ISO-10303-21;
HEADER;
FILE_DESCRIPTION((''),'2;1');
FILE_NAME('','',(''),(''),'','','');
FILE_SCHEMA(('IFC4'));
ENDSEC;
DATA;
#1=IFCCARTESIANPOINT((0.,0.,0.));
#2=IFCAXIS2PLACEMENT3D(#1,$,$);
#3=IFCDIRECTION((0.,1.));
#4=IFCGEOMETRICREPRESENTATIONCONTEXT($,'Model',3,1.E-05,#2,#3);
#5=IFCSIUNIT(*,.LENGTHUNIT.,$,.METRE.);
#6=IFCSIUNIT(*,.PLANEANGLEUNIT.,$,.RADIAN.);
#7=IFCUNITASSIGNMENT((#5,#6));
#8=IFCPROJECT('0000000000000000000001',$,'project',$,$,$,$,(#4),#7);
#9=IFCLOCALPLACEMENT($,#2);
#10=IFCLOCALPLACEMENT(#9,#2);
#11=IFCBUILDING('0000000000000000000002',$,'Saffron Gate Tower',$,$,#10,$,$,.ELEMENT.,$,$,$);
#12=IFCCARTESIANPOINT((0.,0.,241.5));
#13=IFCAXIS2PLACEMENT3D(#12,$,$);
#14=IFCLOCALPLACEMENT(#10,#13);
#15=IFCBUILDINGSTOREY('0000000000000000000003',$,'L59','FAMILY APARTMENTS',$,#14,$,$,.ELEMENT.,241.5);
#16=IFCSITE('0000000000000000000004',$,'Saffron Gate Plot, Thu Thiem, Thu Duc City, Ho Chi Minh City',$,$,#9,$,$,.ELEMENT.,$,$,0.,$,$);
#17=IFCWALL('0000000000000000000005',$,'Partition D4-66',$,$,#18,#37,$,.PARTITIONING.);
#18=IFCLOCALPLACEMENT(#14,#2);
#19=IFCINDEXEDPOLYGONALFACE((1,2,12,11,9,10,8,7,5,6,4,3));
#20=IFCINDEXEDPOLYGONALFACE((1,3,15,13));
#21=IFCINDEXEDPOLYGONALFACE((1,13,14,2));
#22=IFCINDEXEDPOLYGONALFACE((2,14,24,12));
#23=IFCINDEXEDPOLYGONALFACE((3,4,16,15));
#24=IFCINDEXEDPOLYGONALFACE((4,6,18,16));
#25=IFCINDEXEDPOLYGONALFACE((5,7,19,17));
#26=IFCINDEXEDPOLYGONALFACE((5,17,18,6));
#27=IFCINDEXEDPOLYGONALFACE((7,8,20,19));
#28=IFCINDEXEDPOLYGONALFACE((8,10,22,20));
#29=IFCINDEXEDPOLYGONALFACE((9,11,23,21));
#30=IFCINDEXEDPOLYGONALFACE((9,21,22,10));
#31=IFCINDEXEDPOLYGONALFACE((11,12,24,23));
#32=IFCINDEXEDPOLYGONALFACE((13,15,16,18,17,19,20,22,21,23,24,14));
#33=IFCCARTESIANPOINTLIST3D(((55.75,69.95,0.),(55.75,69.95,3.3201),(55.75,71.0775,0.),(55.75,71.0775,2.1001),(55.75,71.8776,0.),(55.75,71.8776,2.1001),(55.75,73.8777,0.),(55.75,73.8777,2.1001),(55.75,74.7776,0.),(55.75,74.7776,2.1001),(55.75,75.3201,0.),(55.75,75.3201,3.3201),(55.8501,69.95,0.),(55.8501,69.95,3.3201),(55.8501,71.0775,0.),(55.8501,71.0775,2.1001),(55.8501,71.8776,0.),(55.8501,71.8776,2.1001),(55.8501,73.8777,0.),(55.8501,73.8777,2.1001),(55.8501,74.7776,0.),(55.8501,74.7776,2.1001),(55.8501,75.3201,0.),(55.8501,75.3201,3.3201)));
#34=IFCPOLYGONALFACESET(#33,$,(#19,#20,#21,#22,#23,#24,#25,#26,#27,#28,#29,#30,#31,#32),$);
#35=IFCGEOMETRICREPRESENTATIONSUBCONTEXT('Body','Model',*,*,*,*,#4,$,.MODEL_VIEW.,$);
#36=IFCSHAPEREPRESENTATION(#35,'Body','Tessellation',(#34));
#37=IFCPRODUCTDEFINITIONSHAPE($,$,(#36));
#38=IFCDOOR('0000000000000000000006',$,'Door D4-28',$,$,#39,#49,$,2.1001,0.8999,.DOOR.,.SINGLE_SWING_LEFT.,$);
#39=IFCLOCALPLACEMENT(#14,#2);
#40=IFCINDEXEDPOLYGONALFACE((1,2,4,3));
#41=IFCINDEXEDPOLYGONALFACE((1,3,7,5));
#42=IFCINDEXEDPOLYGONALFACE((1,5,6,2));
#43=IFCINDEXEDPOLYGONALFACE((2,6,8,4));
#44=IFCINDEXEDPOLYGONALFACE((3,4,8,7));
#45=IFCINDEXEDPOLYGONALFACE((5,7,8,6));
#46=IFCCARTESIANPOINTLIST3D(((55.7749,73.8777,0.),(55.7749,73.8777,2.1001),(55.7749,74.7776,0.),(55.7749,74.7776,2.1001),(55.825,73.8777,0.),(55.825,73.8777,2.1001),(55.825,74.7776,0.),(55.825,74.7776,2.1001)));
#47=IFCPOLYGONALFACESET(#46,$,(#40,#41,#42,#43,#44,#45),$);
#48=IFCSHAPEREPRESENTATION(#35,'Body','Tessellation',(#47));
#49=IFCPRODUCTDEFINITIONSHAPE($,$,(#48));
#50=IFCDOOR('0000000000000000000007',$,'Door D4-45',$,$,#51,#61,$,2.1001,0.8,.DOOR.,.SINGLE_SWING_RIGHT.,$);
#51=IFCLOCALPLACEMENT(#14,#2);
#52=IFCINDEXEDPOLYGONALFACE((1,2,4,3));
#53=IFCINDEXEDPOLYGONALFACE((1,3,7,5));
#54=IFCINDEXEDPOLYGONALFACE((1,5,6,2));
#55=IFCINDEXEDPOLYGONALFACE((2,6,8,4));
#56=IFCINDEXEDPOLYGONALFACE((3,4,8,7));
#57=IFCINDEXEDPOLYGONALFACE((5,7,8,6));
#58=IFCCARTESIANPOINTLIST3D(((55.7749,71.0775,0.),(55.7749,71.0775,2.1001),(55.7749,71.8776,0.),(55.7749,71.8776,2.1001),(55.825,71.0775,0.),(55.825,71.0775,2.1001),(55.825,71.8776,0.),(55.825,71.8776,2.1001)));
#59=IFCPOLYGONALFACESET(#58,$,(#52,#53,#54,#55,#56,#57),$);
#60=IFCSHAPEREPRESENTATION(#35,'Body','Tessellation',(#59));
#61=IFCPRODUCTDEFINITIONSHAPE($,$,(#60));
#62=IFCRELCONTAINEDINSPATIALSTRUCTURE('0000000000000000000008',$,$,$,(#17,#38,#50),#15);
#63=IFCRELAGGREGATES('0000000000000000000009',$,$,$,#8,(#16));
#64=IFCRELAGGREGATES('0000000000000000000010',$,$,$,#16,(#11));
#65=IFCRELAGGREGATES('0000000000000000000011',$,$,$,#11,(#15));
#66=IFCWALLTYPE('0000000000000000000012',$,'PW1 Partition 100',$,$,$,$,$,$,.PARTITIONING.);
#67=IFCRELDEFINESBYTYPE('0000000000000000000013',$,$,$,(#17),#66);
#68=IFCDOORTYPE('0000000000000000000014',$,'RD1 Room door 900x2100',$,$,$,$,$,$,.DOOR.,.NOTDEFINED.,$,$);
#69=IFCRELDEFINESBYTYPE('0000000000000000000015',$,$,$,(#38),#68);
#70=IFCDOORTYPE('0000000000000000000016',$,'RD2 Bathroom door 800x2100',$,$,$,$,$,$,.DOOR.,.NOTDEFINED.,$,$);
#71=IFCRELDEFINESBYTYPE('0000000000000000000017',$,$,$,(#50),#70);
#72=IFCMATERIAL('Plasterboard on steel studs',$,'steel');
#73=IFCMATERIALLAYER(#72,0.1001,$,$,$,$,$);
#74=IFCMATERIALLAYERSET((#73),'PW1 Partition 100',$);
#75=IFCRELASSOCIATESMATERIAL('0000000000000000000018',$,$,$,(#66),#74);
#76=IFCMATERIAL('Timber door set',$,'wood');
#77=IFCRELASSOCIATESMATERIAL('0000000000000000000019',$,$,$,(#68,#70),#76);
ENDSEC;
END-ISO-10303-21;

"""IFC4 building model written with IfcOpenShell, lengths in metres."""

from ifc_helpers import new_model, si_unit, direction, frame, frame_2d, origin, place, context, subcontext, project, spatial, rectangle, extrude, material, layer, layer_set, type_object, element, fill, save


model = new_model("IFC4")

# Units and contexts
model_context = context("Model", 3, precision=1e-05, world=origin(), true_north=direction((0.0, 1.0)))
body_context = subcontext(model_context, "Body", "Model", "MODEL_VIEW")
ifc_project = project(units=[si_unit("LENGTHUNIT", "METRE"), si_unit("PLANEANGLEUNIT", "RADIAN")], contexts=[model_context])

# Site, building, storey
site_placement = place(None, origin())
site = spatial("IfcSite", under=ifc_project, at=site_placement, Name="Saffron Gate Plot, Thu Thiem, Thu Duc City, Ho Chi Minh City", CompositionType="ELEMENT", RefElevation=0.0)
building_placement = place(site_placement, origin())
building = spatial("IfcBuilding", under=site, at=building_placement, Name="Saffron Gate Tower", CompositionType="ELEMENT")
storey_placement = place(building_placement, frame((0.0, 0.0, 241.5)))
storey = spatial("IfcBuildingStorey", under=building, at=storey_placement, Name="L59", Description="FAMILY APARTMENTS", CompositionType="ELEMENT", Elevation=241.5)

# Shared definitions
ifc_material_1 = material(Name="Plasterboard on steel studs", Category="steel")
ifc_layer_1 = layer(ifc_material_1, 0.1001)
ifc_layer_set_1 = layer_set([ifc_layer_1], Name="PW1 Partition 100")
wall_type = type_object("IfcWallType", Name="PW1 Partition 100", PredefinedType="PARTITIONING", material=ifc_layer_set_1)

# Wall, openings, doors
wall_1_placement = place(storey_placement, frame((55.8, 75.3201, 0.0), z_axis=(0.0, 0.0, 1.0), x_axis=(0.0, -1.0, 0.0)))
wall_1 = element("IfcWall", 1, at=wall_1_placement, inside=storey, type_object=wall_type, Name="Partition D4-66", PredefinedType="PARTITIONING", context=body_context, shape_type="SweptSolid", body=[
    extrude(rectangle(XDim=5.3701, YDim=0.1001, at=frame_2d((2.6851, 0.0))), origin(), (0.0, 0.0, 1.0), 3.3201),
])
opening_1_placement = place(wall_1_placement, frame((0.5425, 0.0, 0.0)))
opening_1 = element("IfcOpeningElement", 2, at=opening_1_placement, cuts=wall_1, PredefinedType="OPENING", context=body_context, shape_type="SweptSolid", body=[
    extrude(rectangle(XDim=0.8999, YDim=2.1001, at=frame_2d((0.45, 1.05))), frame((0.0, 0.0601, 0.0), z_axis=(0.0, -1.0, 0.0), x_axis=(1.0, 0.0, 0.0)), (0.0, 0.0, 1.0), 0.1201),
])
opening_2_placement = place(wall_1_placement, frame((3.4426, 0.0, 0.0)))
opening_2 = element("IfcOpeningElement", 3, at=opening_2_placement, cuts=wall_1, PredefinedType="OPENING", context=body_context, shape_type="SweptSolid", body=[
    extrude(rectangle(XDim=0.8, YDim=2.1001, at=frame_2d((0.3999, 1.05))), frame((0.0, 0.0601, 0.0), z_axis=(0.0, -1.0, 0.0), x_axis=(1.0, 0.0, 0.0)), (0.0, 0.0, 1.0), 0.1201),
])
ifc_material_2 = material(Name="Timber door set", Category="wood")
door_type_1 = type_object("IfcDoorType", Name="RD1 Room door 900x2100", OperationType="NOTDEFINED", PredefinedType="DOOR", material=ifc_material_2)
door_1_placement = place(opening_1_placement, origin())
door_1 = element("IfcDoor", 4, at=door_1_placement, inside=storey, type_object=door_type_1, Name="Door D4-28", OperationType="SINGLE_SWING_LEFT", OverallHeight=2.1001, OverallWidth=0.8999, PredefinedType="DOOR", context=body_context, shape_type="SweptSolid", body=[
    extrude(rectangle(XDim=0.8999, YDim=2.1001, at=frame_2d((0.45, 1.05))), frame((0.0, 0.0249, 0.0), z_axis=(0.0, -1.0, 0.0), x_axis=(1.0, 0.0, 0.0)), (0.0, 0.0, 1.0), 0.05),
])
fill(opening_1, door_1)
door_type_2 = type_object("IfcDoorType", Name="RD2 Bathroom door 800x2100", OperationType="NOTDEFINED", PredefinedType="DOOR", material=ifc_material_2)
door_2_placement = place(opening_2_placement, origin())
door_2 = element("IfcDoor", 5, at=door_2_placement, inside=storey, type_object=door_type_2, Name="Door D4-45", OperationType="SINGLE_SWING_RIGHT", OverallHeight=2.1001, OverallWidth=0.8, PredefinedType="DOOR", context=body_context, shape_type="SweptSolid", body=[
    extrude(rectangle(XDim=0.8, YDim=2.1001, at=frame_2d((0.3999, 1.05))), frame((0.0, 0.0249, 0.0), z_axis=(0.0, -1.0, 0.0), x_axis=(1.0, 0.0, 0.0)), (0.0, 0.0, 1.0), 0.05),
])
fill(opening_2, door_2)

save(model, "model.ifc")
